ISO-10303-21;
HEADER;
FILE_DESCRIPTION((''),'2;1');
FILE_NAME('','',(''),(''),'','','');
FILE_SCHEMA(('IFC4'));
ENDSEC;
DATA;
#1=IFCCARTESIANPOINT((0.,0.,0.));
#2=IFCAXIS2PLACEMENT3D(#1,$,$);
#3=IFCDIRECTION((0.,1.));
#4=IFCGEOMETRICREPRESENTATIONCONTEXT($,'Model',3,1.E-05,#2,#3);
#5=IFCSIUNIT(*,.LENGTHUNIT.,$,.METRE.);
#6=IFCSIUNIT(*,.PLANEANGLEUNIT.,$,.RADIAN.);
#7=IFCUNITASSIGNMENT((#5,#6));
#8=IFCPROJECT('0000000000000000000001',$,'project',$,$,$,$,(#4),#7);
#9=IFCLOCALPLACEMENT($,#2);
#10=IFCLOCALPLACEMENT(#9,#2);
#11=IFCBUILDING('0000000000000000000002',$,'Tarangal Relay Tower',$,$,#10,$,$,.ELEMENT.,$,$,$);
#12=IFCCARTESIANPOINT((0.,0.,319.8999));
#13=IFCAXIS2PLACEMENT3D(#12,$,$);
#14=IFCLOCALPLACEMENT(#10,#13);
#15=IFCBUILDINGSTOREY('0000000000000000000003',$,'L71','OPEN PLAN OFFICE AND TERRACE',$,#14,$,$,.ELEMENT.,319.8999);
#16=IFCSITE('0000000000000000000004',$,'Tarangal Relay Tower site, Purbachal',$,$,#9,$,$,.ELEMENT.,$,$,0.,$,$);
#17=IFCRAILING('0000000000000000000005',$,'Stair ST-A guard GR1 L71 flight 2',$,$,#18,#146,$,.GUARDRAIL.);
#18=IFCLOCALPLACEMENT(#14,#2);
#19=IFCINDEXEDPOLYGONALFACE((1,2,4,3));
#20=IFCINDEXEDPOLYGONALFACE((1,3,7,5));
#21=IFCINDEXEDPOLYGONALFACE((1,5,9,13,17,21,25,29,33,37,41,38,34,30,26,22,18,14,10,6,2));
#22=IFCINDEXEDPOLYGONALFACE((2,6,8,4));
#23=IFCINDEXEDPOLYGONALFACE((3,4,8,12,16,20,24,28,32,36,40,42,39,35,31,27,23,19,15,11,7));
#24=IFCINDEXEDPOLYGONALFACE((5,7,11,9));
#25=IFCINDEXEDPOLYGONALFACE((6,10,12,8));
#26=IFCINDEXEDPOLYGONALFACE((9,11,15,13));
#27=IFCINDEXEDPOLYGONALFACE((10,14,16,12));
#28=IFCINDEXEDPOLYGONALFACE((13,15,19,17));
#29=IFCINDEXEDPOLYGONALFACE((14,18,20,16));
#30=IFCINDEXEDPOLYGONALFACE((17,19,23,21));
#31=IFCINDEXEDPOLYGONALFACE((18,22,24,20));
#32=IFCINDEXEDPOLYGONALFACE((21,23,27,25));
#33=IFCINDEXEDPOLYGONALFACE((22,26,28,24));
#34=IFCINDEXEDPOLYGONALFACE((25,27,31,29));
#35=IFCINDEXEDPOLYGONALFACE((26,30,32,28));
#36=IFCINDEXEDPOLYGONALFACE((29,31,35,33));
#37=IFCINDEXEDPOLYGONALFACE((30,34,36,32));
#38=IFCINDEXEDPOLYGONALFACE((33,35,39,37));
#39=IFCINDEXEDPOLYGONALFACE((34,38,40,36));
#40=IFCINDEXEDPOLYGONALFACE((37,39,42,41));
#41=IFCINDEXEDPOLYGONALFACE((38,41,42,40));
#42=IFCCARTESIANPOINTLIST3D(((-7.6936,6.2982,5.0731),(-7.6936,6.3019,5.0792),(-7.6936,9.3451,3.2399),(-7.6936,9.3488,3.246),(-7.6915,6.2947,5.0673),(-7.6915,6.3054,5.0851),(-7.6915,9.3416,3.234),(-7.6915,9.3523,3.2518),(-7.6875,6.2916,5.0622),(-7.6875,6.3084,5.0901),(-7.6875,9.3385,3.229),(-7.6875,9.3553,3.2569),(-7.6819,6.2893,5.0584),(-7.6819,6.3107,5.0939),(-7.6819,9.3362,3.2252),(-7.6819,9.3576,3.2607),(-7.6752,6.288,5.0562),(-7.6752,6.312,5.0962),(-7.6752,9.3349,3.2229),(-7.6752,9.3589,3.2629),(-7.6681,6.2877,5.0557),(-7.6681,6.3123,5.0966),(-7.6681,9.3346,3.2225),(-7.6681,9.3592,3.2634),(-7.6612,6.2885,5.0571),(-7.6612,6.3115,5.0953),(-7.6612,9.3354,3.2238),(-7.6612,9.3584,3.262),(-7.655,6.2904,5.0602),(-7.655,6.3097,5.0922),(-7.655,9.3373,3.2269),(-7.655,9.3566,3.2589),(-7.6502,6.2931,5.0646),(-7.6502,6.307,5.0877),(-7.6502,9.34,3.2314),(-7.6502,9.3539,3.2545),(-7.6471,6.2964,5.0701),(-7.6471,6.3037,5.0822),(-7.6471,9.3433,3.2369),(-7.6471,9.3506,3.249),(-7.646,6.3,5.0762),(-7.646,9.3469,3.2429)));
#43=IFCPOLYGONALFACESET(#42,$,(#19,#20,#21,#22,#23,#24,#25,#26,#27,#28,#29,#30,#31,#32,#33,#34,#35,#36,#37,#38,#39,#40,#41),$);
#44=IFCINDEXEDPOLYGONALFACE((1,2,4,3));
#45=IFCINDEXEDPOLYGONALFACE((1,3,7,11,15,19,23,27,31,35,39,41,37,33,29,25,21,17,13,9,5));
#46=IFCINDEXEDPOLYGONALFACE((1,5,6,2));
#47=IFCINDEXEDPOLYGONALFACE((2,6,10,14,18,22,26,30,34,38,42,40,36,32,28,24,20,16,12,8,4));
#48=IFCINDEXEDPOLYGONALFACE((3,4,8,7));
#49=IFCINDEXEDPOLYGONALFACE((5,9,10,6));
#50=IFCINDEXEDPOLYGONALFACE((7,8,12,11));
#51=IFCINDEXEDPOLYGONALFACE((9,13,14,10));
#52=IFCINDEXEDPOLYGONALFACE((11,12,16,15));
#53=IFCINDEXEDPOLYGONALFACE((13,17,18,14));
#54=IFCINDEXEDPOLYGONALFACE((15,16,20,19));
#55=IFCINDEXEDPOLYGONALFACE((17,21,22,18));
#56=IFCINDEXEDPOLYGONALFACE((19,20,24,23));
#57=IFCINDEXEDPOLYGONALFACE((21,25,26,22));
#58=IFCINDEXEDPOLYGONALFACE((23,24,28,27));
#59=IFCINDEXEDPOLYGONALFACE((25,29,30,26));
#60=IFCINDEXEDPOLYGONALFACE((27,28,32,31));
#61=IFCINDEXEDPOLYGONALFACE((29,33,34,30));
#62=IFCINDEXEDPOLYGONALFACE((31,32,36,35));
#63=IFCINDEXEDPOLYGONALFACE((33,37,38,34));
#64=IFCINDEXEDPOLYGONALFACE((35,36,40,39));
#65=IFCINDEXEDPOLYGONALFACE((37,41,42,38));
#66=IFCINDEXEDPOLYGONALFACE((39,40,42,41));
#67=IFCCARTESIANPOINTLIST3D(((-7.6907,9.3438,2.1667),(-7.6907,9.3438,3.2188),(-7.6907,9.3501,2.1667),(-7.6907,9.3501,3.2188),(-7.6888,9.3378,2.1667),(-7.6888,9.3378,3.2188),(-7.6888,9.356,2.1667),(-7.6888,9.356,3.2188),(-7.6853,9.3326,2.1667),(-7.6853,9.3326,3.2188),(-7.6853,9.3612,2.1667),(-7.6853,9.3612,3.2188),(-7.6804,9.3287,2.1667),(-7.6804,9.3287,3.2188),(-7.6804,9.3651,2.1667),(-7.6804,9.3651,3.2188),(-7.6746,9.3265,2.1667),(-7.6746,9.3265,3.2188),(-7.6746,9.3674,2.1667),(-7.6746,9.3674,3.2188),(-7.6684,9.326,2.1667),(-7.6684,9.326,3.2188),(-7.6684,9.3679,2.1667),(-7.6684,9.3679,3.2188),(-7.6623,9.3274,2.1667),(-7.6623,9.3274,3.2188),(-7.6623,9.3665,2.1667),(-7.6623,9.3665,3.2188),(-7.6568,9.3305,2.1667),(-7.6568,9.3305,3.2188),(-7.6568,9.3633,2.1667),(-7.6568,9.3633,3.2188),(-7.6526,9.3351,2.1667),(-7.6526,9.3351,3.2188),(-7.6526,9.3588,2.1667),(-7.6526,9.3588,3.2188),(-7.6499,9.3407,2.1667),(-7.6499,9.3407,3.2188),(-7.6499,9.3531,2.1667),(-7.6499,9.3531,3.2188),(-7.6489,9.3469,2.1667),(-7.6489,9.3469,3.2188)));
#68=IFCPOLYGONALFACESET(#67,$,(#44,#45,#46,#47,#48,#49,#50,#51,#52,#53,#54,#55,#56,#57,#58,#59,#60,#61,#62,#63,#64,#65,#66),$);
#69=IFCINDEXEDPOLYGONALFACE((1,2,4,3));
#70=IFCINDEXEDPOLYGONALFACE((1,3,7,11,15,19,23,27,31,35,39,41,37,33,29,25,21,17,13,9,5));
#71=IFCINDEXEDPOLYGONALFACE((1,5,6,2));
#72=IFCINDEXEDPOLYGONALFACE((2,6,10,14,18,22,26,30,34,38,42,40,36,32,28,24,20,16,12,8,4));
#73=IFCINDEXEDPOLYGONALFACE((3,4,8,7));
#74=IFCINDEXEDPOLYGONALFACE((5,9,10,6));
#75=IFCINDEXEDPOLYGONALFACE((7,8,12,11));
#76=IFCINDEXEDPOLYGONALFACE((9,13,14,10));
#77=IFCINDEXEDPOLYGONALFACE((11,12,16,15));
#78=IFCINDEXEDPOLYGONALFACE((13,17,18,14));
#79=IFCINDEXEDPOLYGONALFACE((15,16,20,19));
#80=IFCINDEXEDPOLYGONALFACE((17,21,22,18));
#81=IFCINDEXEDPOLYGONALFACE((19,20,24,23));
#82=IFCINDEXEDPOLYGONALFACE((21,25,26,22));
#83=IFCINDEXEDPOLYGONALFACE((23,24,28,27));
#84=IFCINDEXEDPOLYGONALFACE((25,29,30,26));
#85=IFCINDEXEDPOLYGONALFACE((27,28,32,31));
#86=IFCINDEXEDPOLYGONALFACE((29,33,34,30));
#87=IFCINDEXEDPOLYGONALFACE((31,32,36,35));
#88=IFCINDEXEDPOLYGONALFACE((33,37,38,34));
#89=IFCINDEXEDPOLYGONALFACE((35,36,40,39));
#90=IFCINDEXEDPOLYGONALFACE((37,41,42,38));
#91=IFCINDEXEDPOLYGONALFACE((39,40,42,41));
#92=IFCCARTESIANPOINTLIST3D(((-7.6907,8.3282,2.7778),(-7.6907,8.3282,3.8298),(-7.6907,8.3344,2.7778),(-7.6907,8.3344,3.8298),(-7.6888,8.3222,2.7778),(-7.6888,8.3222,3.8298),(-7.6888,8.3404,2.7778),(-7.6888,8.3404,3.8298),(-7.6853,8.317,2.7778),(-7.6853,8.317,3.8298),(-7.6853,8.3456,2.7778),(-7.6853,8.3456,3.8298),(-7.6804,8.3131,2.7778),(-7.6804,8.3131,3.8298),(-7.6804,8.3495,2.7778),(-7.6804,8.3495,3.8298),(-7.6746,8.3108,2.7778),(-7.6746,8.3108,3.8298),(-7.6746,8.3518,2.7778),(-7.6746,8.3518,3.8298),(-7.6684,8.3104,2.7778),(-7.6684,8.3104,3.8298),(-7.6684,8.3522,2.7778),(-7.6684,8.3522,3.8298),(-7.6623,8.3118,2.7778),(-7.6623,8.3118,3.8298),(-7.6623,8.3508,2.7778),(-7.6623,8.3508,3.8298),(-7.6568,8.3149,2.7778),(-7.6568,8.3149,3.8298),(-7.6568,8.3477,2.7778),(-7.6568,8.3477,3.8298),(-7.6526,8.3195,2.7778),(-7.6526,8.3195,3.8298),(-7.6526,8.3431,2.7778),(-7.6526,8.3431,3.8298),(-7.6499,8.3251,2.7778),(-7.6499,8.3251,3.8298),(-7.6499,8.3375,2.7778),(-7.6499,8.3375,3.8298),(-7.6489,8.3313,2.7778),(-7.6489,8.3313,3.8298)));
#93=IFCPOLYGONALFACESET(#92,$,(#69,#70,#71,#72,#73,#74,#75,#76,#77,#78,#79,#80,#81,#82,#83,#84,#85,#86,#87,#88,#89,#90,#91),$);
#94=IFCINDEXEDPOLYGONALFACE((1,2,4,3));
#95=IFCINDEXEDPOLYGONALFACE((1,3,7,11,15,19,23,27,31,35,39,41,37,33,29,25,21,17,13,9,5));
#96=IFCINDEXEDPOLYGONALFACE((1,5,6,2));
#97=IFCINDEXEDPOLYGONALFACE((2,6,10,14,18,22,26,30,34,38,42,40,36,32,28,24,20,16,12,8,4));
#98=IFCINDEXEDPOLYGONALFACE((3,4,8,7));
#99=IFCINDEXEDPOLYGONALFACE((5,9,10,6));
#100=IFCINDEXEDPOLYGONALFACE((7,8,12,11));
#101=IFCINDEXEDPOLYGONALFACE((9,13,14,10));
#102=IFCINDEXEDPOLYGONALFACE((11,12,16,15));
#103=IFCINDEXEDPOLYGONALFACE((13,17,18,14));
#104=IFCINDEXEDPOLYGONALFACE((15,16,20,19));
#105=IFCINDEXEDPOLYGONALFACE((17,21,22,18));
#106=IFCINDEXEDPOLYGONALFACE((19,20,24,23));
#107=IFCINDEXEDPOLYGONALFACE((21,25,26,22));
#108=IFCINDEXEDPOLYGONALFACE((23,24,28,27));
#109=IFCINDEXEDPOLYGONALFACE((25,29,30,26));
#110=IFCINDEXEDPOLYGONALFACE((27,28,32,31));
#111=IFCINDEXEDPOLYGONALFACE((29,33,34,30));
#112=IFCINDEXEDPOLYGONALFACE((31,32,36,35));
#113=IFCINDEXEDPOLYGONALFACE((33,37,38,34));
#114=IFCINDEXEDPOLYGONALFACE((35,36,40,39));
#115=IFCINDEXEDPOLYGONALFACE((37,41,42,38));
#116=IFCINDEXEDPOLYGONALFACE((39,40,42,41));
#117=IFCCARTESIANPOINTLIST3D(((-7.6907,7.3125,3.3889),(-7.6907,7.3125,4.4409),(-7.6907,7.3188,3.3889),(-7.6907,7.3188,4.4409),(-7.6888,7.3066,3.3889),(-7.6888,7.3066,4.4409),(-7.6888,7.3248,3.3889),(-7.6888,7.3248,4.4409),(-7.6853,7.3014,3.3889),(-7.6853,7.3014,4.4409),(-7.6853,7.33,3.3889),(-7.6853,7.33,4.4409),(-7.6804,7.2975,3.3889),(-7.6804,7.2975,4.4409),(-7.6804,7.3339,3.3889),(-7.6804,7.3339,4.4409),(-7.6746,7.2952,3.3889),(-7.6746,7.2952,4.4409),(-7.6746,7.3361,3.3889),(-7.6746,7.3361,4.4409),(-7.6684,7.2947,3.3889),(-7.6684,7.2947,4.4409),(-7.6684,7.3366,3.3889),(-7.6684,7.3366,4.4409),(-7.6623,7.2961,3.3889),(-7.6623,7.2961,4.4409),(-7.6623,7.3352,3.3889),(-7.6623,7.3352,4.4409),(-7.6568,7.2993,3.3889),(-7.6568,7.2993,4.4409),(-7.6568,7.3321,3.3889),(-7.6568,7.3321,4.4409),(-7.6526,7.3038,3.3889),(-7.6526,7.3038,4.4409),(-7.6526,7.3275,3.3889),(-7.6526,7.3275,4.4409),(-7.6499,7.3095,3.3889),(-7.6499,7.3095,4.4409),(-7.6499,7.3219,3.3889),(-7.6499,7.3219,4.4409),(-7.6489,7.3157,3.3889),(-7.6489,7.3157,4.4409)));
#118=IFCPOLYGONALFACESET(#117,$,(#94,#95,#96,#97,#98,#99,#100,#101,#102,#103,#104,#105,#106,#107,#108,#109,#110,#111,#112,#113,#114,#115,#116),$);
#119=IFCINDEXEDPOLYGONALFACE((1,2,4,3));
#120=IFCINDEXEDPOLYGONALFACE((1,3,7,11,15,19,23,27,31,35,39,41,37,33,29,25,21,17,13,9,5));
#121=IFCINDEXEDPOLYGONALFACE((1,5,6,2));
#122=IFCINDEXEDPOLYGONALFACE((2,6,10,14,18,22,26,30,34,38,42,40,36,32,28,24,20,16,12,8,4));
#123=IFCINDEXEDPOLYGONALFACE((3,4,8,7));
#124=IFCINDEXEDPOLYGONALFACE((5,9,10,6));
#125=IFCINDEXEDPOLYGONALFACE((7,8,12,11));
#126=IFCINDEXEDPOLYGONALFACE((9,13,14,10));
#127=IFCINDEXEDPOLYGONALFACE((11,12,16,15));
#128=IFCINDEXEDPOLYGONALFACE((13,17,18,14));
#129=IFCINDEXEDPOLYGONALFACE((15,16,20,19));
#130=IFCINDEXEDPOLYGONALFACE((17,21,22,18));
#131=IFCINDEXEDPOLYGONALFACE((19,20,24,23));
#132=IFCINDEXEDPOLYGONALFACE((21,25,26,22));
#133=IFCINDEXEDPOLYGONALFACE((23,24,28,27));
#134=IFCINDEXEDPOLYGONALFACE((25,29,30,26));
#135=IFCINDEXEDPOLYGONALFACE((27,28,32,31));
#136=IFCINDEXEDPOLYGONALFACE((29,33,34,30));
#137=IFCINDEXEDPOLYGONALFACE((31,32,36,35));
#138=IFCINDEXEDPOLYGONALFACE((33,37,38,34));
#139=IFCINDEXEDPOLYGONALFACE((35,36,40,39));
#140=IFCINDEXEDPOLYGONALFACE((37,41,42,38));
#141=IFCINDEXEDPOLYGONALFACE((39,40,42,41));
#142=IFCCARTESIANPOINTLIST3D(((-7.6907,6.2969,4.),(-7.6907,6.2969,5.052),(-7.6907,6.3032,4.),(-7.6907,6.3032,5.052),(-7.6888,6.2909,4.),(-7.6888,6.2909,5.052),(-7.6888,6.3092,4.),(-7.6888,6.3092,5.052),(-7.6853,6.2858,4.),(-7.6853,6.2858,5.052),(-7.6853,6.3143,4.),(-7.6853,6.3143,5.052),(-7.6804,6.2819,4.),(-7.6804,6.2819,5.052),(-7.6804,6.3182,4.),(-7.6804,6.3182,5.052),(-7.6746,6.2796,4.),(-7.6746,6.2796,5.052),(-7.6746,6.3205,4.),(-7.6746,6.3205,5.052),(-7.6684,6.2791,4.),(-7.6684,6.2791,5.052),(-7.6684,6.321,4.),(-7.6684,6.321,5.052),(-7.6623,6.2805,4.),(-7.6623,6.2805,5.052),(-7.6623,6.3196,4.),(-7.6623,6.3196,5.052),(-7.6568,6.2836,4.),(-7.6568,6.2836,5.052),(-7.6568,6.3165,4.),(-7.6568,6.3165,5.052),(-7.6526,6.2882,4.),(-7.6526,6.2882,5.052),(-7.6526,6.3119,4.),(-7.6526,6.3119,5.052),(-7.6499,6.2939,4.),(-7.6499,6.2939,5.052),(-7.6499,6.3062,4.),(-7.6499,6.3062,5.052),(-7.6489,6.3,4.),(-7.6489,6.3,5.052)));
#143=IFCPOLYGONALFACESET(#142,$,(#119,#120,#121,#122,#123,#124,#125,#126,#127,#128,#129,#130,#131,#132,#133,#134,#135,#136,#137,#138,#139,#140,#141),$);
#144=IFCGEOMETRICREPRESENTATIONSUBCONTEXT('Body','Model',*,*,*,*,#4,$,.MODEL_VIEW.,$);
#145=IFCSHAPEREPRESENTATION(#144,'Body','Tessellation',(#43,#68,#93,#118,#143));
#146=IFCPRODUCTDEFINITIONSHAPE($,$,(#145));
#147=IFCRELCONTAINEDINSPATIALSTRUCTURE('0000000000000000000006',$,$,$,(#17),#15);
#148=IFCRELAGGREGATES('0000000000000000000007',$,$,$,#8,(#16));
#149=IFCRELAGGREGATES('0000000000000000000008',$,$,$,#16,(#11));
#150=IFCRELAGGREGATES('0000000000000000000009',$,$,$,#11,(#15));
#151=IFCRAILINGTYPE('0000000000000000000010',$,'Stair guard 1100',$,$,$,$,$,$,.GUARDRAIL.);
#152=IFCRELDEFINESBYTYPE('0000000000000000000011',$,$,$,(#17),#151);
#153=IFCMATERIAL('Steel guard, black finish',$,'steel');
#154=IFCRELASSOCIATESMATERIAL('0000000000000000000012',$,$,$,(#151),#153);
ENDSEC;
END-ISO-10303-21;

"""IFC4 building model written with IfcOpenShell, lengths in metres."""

from ifc_helpers import new_model, si_unit, direction, frame, origin, origin_2d, place, context, subcontext, project, spatial, circle, extrude, material, type_object, element, save


model = new_model("IFC4")

# Units and contexts
model_context = context("Model", 3, precision=1e-05, world=origin(), true_north=direction((0.0, 1.0)))
body_context = subcontext(model_context, "Body", "Model", "MODEL_VIEW")
ifc_project = project(units=[si_unit("LENGTHUNIT", "METRE"), si_unit("PLANEANGLEUNIT", "RADIAN")], contexts=[model_context])

# Site, building, storey
site_placement = place(None, origin())
site = spatial("IfcSite", under=ifc_project, at=site_placement, Name="Tarangal Relay Tower site, Purbachal", CompositionType="ELEMENT", RefElevation=0.0)
building_placement = place(site_placement, origin())
building = spatial("IfcBuilding", under=site, at=building_placement, Name="Tarangal Relay Tower", CompositionType="ELEMENT")
storey_placement = place(building_placement, frame((0.0, 0.0, 319.8999)))
storey = spatial("IfcBuildingStorey", under=building, at=storey_placement, Name="L71", Description="OPEN PLAN OFFICE AND TERRACE", CompositionType="ELEMENT", Elevation=319.8999)

# Railing
ifc_material_1 = material(Name="Steel guard, black finish", Category="steel")
railing_type_1 = type_object("IfcRailingType", Name="Stair guard 1100", PredefinedType="GUARDRAIL", material=ifc_material_1)
railing_1_placement = place(storey_placement, frame((-7.6699, 9.3469, 2.1667)))
element("IfcRailing", 1, at=railing_1_placement, inside=storey, type_object=railing_type_1, Name="Stair ST-A guard GR1 L71 flight 2", PredefinedType="GUARDRAIL", context=body_context, shape_type="SweptSolid", body=[
    extrude(circle(Radius=0.0239, at=origin_2d()), frame((0.0, 0.0, 1.0762), z_axis=(0.0, -0.856856, 0.515556), x_axis=(1.0, 0.0, 0.0)), (0.0, 0.0, 1.0), 3.5559),
    extrude(circle(Radius=0.021, at=origin_2d()), origin(), (0.0, 0.0, 1.0), 1.052),
    extrude(circle(Radius=0.021, at=origin_2d()), frame((0.0, -1.0156, 0.6111)), (0.0, 0.0, 1.0), 1.052),
    extrude(circle(Radius=0.021, at=origin_2d()), frame((0.0, -2.0312, 1.2222)), (0.0, 0.0, 1.0), 1.052),
    extrude(circle(Radius=0.021, at=origin_2d()), frame((0.0, -3.0469, 1.8333)), (0.0, 0.0, 1.0), 1.052),
])

save(model, "model.ifc")
